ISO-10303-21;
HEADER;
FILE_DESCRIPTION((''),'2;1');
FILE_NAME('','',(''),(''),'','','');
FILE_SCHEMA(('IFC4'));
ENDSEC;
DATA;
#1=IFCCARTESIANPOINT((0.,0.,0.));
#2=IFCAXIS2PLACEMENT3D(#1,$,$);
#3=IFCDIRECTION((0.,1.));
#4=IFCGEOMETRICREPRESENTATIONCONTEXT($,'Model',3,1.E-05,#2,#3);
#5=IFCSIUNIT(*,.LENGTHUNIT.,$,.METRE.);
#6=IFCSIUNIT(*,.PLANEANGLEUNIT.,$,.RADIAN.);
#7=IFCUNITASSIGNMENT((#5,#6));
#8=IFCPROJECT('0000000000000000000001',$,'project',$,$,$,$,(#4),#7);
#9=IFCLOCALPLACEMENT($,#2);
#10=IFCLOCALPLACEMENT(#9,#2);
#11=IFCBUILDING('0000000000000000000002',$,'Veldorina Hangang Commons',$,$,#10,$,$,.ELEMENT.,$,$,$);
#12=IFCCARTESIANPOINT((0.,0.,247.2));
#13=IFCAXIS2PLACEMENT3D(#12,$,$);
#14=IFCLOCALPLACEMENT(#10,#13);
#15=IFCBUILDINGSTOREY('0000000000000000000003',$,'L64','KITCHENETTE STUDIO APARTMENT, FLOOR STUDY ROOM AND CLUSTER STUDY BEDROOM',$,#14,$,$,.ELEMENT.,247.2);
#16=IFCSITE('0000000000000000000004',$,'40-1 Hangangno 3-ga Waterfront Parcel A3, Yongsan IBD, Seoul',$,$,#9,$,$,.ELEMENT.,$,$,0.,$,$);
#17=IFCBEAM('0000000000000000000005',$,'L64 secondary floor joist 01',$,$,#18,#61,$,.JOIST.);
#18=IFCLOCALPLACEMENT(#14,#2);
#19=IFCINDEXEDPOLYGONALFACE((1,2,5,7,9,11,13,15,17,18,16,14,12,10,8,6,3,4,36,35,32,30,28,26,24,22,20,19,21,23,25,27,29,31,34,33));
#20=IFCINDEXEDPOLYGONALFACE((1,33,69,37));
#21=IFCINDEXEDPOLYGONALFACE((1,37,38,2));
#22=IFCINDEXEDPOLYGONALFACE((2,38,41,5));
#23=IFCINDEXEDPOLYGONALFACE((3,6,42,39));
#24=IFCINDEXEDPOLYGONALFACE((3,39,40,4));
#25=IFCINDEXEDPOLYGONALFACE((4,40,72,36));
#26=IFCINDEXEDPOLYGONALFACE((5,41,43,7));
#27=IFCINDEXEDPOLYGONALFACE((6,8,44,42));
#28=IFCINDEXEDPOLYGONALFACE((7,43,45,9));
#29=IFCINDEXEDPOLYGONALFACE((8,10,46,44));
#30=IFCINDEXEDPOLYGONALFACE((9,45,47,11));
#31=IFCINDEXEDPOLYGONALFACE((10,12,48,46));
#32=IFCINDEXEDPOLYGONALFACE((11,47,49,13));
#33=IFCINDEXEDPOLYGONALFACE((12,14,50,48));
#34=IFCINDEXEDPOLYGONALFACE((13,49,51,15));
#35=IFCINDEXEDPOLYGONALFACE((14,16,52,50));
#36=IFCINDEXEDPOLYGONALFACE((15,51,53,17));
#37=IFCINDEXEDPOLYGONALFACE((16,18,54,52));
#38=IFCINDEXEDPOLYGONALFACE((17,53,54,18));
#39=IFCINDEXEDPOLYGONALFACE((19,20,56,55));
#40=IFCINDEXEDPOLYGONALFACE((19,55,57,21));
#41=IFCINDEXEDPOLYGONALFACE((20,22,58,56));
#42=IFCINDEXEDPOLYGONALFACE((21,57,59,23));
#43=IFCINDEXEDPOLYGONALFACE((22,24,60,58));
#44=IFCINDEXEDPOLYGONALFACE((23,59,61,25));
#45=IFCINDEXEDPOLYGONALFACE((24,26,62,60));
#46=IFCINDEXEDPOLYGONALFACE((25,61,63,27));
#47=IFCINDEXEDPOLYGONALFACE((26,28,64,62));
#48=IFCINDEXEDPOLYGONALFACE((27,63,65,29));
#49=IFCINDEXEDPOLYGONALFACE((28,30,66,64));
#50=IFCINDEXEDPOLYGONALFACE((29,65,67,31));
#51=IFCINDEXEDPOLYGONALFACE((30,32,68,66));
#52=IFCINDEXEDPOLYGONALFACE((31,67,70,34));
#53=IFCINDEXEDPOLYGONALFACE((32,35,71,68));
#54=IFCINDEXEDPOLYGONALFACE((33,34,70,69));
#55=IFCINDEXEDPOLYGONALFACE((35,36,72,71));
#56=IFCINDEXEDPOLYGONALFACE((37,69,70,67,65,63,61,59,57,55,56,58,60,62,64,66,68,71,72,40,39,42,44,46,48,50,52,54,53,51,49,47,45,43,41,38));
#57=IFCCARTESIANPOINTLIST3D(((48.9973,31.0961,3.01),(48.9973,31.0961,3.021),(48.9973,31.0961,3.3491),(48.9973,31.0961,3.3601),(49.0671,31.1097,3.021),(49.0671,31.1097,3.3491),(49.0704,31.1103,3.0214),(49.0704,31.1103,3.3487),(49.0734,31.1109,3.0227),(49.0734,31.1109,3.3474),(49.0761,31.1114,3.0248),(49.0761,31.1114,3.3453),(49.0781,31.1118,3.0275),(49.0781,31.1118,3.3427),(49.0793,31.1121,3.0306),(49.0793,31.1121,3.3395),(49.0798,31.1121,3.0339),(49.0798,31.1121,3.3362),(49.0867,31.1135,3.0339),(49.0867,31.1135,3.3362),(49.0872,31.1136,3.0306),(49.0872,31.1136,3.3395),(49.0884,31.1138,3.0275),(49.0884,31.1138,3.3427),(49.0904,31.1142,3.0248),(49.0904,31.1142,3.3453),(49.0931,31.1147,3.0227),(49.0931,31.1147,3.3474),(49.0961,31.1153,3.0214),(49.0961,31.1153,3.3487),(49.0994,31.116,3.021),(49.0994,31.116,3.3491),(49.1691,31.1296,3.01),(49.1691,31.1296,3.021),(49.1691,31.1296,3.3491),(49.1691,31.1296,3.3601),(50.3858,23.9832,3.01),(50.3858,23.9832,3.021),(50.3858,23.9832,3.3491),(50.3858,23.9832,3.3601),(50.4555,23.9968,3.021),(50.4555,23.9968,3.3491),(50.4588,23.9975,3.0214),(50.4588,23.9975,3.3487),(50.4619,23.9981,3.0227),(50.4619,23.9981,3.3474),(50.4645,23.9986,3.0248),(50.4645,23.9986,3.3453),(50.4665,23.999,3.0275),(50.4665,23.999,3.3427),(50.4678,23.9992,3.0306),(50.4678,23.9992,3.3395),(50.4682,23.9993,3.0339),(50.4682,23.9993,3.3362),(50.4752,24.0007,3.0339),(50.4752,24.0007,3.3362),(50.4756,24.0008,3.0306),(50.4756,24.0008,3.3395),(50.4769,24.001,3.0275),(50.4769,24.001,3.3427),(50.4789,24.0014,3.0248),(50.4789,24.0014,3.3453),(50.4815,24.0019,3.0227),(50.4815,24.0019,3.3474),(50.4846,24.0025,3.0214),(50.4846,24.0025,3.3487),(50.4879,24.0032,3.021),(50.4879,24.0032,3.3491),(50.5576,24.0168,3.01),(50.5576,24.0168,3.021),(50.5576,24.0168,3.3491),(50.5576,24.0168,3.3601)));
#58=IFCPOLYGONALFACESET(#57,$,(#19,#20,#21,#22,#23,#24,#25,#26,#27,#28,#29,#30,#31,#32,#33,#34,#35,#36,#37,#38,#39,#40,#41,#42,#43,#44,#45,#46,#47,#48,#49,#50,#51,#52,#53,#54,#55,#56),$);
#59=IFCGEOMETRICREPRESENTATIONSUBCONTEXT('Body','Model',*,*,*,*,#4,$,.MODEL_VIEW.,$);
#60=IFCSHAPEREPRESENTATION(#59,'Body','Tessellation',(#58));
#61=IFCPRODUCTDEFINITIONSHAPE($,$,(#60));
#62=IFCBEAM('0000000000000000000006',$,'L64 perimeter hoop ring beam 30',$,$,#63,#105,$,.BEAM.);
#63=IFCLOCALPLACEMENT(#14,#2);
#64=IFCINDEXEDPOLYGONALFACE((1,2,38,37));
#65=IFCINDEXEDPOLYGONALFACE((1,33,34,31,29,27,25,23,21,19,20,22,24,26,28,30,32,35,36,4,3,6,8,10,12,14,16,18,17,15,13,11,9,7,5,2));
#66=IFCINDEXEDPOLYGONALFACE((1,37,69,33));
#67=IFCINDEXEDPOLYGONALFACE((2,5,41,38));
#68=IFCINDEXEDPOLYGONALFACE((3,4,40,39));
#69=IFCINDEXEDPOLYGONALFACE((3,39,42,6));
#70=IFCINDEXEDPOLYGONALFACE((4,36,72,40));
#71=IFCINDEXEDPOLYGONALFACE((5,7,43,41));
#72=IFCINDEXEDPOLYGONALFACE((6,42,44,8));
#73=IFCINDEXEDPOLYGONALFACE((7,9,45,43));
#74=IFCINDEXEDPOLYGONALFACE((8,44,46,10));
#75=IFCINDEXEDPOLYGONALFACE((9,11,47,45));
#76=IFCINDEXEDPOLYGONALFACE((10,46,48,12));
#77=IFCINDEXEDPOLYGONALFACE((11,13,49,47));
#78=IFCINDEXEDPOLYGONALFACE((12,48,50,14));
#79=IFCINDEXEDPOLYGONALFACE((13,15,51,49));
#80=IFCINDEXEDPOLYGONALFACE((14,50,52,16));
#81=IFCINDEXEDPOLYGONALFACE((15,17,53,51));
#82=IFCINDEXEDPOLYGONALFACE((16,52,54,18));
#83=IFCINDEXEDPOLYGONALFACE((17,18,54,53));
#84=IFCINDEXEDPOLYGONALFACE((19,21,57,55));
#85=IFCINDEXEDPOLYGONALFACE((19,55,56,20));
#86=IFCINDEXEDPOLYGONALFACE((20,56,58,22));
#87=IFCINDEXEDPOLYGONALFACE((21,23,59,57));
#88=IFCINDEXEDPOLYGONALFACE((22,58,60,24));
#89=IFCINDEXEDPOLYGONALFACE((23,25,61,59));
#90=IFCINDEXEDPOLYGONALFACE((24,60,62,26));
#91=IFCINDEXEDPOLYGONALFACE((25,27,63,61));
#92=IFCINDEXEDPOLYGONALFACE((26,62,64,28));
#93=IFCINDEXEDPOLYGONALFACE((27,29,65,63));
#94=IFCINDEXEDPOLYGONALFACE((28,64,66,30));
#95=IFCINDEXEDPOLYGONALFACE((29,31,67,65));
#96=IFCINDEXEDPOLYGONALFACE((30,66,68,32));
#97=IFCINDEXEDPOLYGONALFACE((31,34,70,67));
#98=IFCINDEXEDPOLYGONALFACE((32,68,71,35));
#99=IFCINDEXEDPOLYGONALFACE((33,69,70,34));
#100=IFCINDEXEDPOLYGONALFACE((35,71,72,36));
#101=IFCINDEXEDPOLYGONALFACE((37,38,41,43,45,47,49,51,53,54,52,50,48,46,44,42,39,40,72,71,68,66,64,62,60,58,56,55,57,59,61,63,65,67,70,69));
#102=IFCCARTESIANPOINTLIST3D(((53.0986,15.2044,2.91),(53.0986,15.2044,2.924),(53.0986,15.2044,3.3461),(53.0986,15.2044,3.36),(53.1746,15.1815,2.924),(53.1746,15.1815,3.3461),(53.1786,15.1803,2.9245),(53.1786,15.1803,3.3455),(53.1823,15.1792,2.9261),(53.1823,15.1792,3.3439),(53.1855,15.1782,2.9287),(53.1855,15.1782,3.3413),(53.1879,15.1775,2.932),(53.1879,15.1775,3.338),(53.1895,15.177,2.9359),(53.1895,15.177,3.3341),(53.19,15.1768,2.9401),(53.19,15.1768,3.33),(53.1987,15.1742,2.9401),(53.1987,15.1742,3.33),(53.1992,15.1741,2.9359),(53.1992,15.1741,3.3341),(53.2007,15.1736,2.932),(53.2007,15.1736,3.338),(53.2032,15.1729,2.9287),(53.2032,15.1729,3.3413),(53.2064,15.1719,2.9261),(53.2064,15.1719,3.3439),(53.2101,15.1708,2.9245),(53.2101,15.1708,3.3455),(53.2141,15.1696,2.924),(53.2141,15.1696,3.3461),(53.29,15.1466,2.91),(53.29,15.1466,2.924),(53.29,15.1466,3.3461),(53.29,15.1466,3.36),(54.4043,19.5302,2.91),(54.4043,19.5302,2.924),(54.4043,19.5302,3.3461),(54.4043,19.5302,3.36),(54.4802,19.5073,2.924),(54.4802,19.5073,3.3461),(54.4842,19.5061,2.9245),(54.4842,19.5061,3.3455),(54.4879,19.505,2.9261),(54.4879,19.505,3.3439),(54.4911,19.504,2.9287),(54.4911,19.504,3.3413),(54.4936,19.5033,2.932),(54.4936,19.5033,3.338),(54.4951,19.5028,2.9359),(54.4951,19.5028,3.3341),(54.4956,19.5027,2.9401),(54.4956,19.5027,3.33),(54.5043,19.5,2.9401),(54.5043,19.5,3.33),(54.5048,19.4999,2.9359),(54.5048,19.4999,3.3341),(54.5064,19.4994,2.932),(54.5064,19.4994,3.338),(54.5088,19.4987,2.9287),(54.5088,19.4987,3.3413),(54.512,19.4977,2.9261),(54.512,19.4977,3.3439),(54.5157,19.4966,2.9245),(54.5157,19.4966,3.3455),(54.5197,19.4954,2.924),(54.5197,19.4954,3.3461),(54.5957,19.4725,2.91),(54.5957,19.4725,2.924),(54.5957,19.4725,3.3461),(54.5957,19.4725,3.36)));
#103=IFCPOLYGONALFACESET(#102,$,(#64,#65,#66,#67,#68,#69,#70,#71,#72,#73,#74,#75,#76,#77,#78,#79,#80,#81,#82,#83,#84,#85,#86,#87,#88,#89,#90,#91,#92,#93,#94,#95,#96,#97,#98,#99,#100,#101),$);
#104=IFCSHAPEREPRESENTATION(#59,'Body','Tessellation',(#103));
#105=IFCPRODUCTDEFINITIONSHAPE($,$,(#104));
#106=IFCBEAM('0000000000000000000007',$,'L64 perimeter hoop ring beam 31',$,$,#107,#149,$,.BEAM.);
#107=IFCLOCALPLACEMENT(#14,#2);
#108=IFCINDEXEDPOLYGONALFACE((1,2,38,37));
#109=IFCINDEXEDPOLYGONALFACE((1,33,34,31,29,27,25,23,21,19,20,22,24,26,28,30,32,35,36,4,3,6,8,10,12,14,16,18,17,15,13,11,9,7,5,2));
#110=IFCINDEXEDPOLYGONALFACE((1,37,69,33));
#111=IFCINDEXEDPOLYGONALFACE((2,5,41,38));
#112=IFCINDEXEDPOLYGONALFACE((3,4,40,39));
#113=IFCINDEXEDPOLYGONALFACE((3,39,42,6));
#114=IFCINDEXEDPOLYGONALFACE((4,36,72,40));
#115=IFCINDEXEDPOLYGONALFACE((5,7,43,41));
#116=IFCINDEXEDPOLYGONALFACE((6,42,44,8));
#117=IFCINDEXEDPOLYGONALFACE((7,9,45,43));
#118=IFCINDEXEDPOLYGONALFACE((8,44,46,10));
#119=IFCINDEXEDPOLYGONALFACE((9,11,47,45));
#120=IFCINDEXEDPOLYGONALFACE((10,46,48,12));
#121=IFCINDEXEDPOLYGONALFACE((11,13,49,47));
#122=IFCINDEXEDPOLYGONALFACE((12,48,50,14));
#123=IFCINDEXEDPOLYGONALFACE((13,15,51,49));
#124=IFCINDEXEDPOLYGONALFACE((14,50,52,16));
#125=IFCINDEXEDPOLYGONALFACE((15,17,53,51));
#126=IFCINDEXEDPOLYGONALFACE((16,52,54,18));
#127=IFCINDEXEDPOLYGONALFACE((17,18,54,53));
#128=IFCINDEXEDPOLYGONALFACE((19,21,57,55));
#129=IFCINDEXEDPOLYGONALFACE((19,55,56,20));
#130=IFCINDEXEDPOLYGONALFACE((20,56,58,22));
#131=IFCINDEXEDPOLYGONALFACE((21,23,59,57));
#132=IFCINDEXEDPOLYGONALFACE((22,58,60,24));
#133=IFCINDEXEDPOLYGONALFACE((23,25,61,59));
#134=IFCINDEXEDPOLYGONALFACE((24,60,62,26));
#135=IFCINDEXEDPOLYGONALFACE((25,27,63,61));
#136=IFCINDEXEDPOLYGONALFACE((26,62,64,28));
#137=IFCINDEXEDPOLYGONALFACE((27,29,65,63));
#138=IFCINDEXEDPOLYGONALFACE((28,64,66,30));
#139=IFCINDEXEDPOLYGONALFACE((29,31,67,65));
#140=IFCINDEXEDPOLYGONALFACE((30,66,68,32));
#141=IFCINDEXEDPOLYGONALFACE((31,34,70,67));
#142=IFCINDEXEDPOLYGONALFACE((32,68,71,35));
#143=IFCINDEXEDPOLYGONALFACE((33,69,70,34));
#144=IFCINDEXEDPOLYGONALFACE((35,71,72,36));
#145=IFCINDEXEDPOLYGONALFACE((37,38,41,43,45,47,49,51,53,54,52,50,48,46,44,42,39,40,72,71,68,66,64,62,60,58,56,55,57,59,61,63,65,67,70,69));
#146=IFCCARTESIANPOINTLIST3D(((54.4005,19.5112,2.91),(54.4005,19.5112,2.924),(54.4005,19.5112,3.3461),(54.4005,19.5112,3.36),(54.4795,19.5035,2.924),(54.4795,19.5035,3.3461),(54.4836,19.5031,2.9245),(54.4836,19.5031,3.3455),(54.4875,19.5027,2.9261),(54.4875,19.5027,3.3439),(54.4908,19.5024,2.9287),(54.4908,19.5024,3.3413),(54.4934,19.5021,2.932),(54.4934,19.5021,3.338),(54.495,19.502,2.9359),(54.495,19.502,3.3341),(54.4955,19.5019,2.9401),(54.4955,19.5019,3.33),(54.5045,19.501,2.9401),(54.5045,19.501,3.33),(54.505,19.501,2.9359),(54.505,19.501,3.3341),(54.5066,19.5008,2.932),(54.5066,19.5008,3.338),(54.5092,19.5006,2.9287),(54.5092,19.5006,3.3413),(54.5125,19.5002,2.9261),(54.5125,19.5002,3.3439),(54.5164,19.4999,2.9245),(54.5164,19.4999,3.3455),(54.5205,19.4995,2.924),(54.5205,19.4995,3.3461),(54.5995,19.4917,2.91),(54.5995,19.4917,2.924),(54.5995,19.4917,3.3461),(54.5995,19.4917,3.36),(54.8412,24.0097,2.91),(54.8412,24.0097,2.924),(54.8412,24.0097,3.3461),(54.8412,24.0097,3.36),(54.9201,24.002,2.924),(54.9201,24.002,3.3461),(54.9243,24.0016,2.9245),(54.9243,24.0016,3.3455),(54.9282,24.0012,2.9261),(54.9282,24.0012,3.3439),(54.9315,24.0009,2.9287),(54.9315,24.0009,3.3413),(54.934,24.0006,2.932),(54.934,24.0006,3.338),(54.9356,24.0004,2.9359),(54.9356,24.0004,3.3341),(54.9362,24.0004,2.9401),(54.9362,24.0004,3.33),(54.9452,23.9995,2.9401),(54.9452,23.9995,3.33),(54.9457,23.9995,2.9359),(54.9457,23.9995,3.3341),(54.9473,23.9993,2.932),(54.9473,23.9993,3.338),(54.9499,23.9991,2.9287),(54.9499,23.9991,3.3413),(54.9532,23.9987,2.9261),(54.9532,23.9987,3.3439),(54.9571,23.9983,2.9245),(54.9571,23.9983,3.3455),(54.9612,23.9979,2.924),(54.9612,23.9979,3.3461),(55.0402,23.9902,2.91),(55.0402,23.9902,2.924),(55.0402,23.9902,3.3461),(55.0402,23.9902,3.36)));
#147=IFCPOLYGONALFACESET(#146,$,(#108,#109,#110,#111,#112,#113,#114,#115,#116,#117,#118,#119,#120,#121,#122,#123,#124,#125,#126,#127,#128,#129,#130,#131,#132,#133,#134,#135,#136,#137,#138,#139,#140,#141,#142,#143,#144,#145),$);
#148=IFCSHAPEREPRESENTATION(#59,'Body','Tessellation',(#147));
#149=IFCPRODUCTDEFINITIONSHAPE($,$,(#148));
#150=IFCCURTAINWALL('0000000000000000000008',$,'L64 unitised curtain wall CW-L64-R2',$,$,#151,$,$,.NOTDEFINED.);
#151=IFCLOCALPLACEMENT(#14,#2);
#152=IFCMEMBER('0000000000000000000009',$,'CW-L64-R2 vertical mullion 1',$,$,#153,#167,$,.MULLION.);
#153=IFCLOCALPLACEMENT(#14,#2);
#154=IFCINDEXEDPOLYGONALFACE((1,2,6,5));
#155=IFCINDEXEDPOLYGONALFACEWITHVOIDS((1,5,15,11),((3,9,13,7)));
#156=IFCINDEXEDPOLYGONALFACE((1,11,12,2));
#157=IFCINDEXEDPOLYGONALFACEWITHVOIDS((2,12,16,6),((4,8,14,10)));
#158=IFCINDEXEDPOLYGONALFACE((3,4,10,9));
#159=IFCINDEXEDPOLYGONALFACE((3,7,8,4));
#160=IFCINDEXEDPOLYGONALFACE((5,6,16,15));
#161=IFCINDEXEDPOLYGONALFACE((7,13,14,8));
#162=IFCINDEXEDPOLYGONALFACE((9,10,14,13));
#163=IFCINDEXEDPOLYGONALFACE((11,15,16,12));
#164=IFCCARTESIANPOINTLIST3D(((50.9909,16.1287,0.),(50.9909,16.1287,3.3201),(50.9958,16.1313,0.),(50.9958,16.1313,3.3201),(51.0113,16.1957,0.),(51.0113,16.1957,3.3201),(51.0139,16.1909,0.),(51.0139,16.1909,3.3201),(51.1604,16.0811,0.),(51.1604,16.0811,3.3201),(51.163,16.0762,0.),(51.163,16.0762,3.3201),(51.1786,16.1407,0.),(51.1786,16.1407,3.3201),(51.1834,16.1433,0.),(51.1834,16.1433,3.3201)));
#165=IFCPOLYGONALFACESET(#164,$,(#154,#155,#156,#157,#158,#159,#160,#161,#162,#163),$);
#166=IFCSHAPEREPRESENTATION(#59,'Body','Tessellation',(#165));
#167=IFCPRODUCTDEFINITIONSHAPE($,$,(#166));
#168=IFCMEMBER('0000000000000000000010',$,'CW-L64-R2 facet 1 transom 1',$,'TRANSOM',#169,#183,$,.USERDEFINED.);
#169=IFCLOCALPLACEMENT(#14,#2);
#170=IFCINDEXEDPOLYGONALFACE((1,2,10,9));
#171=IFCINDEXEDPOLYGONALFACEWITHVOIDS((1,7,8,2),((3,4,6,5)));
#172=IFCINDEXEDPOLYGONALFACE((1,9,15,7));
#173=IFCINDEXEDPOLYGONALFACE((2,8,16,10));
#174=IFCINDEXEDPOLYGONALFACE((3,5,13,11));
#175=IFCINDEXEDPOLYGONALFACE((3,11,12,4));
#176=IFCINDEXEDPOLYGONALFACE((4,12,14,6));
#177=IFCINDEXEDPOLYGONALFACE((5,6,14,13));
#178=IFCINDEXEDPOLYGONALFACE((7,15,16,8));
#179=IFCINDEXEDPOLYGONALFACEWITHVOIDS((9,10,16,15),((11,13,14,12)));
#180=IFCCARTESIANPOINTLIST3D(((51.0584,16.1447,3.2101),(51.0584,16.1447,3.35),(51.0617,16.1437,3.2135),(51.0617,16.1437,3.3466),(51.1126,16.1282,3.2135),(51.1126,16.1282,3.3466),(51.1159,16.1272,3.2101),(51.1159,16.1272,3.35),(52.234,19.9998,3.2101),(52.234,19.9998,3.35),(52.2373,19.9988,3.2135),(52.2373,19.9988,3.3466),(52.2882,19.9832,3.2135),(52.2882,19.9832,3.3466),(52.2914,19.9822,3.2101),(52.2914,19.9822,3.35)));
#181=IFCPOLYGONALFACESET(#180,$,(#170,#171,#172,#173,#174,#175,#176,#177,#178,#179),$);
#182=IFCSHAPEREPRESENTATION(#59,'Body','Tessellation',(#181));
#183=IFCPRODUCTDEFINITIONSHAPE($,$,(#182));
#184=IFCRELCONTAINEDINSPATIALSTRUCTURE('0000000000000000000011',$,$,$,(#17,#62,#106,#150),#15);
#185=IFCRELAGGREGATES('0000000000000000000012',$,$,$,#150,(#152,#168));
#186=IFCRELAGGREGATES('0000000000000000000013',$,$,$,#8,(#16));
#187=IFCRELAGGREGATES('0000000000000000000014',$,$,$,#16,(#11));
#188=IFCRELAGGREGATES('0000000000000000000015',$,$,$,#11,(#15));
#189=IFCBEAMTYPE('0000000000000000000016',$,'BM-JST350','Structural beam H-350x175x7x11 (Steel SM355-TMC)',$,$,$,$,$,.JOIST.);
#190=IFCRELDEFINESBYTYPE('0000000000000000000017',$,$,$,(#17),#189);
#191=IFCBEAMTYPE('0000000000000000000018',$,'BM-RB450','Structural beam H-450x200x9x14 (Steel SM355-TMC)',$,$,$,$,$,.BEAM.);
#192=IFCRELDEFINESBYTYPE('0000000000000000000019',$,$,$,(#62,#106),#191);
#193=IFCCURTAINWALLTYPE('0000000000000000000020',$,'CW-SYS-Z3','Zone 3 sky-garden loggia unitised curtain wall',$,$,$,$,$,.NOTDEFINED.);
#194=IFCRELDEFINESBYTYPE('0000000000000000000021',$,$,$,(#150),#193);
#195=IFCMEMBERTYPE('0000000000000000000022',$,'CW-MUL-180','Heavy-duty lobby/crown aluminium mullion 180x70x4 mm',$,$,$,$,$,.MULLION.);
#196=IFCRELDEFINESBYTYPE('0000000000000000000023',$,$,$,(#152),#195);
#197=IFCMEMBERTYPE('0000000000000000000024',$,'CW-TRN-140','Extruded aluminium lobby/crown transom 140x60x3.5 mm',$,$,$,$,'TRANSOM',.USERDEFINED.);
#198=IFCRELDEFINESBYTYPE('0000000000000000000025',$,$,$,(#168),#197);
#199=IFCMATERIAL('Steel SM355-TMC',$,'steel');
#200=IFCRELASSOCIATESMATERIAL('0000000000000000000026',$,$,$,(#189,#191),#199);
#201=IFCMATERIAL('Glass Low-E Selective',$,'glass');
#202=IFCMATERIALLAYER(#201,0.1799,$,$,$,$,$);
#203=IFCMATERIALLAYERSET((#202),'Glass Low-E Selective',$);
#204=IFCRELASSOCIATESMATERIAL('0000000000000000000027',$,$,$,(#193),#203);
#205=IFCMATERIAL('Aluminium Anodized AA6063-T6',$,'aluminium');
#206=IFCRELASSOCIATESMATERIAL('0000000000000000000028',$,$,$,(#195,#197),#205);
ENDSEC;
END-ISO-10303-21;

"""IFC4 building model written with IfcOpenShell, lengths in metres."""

from ifc_helpers import new_model, si_unit, direction, frame, origin, origin_2d, place, context, subcontext, project, spatial, hollow_rectangle, i_section, extrude, material, layer, layer_set, material_profile, profile_set, type_object, element, aggregate, save


model = new_model("IFC4")

# Units and contexts
model_context = context("Model", 3, precision=1e-05, world=origin(), true_north=direction((0.0, 1.0)))
body_context = subcontext(model_context, "Body", "Model", "MODEL_VIEW")
ifc_project = project(units=[si_unit("LENGTHUNIT", "METRE"), si_unit("PLANEANGLEUNIT", "RADIAN")], contexts=[model_context])

# Site, building, storey
site_placement = place(None, origin())
site = spatial("IfcSite", under=ifc_project, at=site_placement, Name="40-1 Hangangno 3-ga Waterfront Parcel A3, Yongsan IBD, Seoul", CompositionType="ELEMENT", RefElevation=0.0)
building_placement = place(site_placement, origin())
building = spatial("IfcBuilding", under=site, at=building_placement, Name="Veldorina Hangang Commons", CompositionType="ELEMENT")
storey_placement = place(building_placement, frame((0.0, 0.0, 247.2)))
storey = spatial("IfcBuildingStorey", under=building, at=storey_placement, Name="L64", Description="KITCHENETTE STUDIO APARTMENT, FLOOR STUDY ROOM AND CLUSTER STUDY BEDROOM", CompositionType="ELEMENT", Elevation=247.2)

# Beams
ifc_material_1 = material(Name="Steel SM355-TMC", Category="steel")
ifc_material_profile_1 = material_profile(ifc_material_1, i_section(OverallWidth=0.175, OverallDepth=0.3501, WebThickness=0.0071, FlangeThickness=0.011, FilletRadius=0.0129, at=origin_2d()), Name="H-350x175x7x11")
ifc_profile_set_1 = profile_set([ifc_material_profile_1], Name="Steel SM355-TMC")
beam_type_1 = type_object("IfcBeamType", Name="BM-JST350", Description="Structural beam H-350x175x7x11 (Steel SM355-TMC)", PredefinedType="JOIST", material=ifc_profile_set_1)
beam_1_placement = place(storey_placement, frame((50.4717, 24.0, 3.1851), z_axis=(-0.191586, 0.981476, 0.0), x_axis=(-0.981476, -0.191586, 0.0)))
element("IfcBeam", 1, at=beam_1_placement, inside=storey, type_object=beam_type_1, Name="L64 secondary floor joist 01", PredefinedType="JOIST", context=body_context, shape_type="SweptSolid", body=[
    extrude(i_section(OverallWidth=0.175, OverallDepth=0.3501, WebThickness=0.0071, FlangeThickness=0.011, FilletRadius=0.0129, at=origin_2d()), origin(), (0.0, 0.0, 1.0), 7.2471),
])
ifc_material_profile_2 = material_profile(ifc_material_1, i_section(OverallWidth=0.2, OverallDepth=0.45, WebThickness=0.009, FlangeThickness=0.0139, FilletRadius=0.0161, at=origin_2d()), Name="H-450x200x9x14")
ifc_profile_set_2 = profile_set([ifc_material_profile_2], Name="Steel SM355-TMC")
beam_type_2 = type_object("IfcBeamType", Name="BM-RB450", Description="Structural beam H-450x200x9x14 (Steel SM355-TMC)", PredefinedType="BEAM", material=ifc_profile_set_2)
beam_2_placement = place(storey_placement, frame((53.1943, 15.1755, 3.135), z_axis=(0.288949, 0.957345, 0.0), x_axis=(-0.957345, 0.288949, 0.0)))
element("IfcBeam", 2, at=beam_2_placement, inside=storey, type_object=beam_type_2, Name="L64 perimeter hoop ring beam 30", PredefinedType="BEAM", context=body_context, shape_type="SweptSolid", body=[
    extrude(i_section(OverallWidth=0.2, OverallDepth=0.45, WebThickness=0.009, FlangeThickness=0.0139, FilletRadius=0.0161, at=origin_2d()), origin(), (0.0, 0.0, 1.0), 4.5186),
])
beam_3_placement = place(storey_placement, frame((54.5, 19.5015, 3.135), z_axis=(0.097493, 0.995236, 0.0), x_axis=(-0.995236, 0.097493, 0.0)))
element("IfcBeam", 3, at=beam_3_placement, inside=storey, type_object=beam_type_2, Name="L64 perimeter hoop ring beam 31", PredefinedType="BEAM", context=body_context, shape_type="SweptSolid", body=[
    extrude(i_section(OverallWidth=0.2, OverallDepth=0.45, WebThickness=0.009, FlangeThickness=0.0139, FilletRadius=0.0161, at=origin_2d()), origin(), (0.0, 0.0, 1.0), 4.52),
])

# Curtain wall, members
ifc_material_2 = material(Name="Glass Low-E Selective", Category="glass")
ifc_layer_1 = layer(ifc_material_2, 0.1799)
ifc_layer_set_1 = layer_set([ifc_layer_1], Name="Glass Low-E Selective")
curtain_wall_type = type_object("IfcCurtainWallType", Name="CW-SYS-Z3", Description="Zone 3 sky-garden loggia unitised curtain wall", PredefinedType="NOTDEFINED", material=ifc_layer_set_1)
curtain_wall_placement = place(storey_placement, origin())
curtain_wall = element("IfcCurtainWall", 4, at=curtain_wall_placement, inside=storey, type_object=curtain_wall_type, Name="L64 unitised curtain wall CW-L64-R2", PredefinedType="NOTDEFINED")
ifc_material_3 = material(Name="Aluminium Anodized AA6063-T6", Category="aluminium")
ifc_material_profile_3 = material_profile(ifc_material_3, hollow_rectangle(XDim=0.0701, YDim=0.1799, WallThickness=0.0039, at=origin_2d()), Name="ALU-RHS-180x70x4")
ifc_profile_set_3 = profile_set([ifc_material_profile_3], Name="Aluminium Anodized AA6063-T6")
member_type_1 = type_object("IfcMemberType", Name="CW-MUL-180", Description="Heavy-duty lobby/crown aluminium mullion 180x70x4 mm", PredefinedType="MULLION", material=ifc_profile_set_3)
member_1_placement = place(storey_placement, frame((51.0872, 16.136, 0.0), z_axis=(0.0, 0.0, 1.0), x_axis=(0.291687, 0.956514, 0.0)))
member_1 = element("IfcMember", 5, at=member_1_placement, type_object=member_type_1, Name="CW-L64-R2 vertical mullion 1", PredefinedType="MULLION", context=body_context, shape_type="SweptSolid", body=[
    extrude(hollow_rectangle(XDim=0.0701, YDim=0.1799, WallThickness=0.0039, at=origin_2d()), origin(), (0.0, 0.0, 1.0), 3.3201),
])
ifc_material_profile_4 = material_profile(ifc_material_3, hollow_rectangle(XDim=0.0601, YDim=0.1399, WallThickness=0.0034, at=origin_2d()), Name="ALU-RHS-140x60x3.5")
ifc_profile_set_4 = profile_set([ifc_material_profile_4], Name="Aluminium Anodized AA6063-T6")
member_type_2 = type_object("IfcMemberType", Name="CW-TRN-140", Description="Extruded aluminium lobby/crown transom 140x60x3.5 mm", ElementType="TRANSOM", PredefinedType="USERDEFINED", material=ifc_profile_set_4)
member_2_placement = place(storey_placement, frame((51.0872, 16.136, 3.28), z_axis=(0.29168, 0.956516, 0.0), x_axis=(-0.956516, 0.29168, 0.0)))
member_2 = element("IfcMember", 6, at=member_2_placement, type_object=member_type_2, Name="CW-L64-R2 facet 1 transom 1", ObjectType="TRANSOM", PredefinedType="USERDEFINED", context=body_context, shape_type="SweptSolid", body=[
    extrude(hollow_rectangle(XDim=0.0601, YDim=0.1399, WallThickness=0.0034, at=origin_2d()), origin(), (0.0, 0.0, 1.0), 4.0303),
])

aggregate(curtain_wall, [member_1, member_2])

save(model, "model.ifc")
